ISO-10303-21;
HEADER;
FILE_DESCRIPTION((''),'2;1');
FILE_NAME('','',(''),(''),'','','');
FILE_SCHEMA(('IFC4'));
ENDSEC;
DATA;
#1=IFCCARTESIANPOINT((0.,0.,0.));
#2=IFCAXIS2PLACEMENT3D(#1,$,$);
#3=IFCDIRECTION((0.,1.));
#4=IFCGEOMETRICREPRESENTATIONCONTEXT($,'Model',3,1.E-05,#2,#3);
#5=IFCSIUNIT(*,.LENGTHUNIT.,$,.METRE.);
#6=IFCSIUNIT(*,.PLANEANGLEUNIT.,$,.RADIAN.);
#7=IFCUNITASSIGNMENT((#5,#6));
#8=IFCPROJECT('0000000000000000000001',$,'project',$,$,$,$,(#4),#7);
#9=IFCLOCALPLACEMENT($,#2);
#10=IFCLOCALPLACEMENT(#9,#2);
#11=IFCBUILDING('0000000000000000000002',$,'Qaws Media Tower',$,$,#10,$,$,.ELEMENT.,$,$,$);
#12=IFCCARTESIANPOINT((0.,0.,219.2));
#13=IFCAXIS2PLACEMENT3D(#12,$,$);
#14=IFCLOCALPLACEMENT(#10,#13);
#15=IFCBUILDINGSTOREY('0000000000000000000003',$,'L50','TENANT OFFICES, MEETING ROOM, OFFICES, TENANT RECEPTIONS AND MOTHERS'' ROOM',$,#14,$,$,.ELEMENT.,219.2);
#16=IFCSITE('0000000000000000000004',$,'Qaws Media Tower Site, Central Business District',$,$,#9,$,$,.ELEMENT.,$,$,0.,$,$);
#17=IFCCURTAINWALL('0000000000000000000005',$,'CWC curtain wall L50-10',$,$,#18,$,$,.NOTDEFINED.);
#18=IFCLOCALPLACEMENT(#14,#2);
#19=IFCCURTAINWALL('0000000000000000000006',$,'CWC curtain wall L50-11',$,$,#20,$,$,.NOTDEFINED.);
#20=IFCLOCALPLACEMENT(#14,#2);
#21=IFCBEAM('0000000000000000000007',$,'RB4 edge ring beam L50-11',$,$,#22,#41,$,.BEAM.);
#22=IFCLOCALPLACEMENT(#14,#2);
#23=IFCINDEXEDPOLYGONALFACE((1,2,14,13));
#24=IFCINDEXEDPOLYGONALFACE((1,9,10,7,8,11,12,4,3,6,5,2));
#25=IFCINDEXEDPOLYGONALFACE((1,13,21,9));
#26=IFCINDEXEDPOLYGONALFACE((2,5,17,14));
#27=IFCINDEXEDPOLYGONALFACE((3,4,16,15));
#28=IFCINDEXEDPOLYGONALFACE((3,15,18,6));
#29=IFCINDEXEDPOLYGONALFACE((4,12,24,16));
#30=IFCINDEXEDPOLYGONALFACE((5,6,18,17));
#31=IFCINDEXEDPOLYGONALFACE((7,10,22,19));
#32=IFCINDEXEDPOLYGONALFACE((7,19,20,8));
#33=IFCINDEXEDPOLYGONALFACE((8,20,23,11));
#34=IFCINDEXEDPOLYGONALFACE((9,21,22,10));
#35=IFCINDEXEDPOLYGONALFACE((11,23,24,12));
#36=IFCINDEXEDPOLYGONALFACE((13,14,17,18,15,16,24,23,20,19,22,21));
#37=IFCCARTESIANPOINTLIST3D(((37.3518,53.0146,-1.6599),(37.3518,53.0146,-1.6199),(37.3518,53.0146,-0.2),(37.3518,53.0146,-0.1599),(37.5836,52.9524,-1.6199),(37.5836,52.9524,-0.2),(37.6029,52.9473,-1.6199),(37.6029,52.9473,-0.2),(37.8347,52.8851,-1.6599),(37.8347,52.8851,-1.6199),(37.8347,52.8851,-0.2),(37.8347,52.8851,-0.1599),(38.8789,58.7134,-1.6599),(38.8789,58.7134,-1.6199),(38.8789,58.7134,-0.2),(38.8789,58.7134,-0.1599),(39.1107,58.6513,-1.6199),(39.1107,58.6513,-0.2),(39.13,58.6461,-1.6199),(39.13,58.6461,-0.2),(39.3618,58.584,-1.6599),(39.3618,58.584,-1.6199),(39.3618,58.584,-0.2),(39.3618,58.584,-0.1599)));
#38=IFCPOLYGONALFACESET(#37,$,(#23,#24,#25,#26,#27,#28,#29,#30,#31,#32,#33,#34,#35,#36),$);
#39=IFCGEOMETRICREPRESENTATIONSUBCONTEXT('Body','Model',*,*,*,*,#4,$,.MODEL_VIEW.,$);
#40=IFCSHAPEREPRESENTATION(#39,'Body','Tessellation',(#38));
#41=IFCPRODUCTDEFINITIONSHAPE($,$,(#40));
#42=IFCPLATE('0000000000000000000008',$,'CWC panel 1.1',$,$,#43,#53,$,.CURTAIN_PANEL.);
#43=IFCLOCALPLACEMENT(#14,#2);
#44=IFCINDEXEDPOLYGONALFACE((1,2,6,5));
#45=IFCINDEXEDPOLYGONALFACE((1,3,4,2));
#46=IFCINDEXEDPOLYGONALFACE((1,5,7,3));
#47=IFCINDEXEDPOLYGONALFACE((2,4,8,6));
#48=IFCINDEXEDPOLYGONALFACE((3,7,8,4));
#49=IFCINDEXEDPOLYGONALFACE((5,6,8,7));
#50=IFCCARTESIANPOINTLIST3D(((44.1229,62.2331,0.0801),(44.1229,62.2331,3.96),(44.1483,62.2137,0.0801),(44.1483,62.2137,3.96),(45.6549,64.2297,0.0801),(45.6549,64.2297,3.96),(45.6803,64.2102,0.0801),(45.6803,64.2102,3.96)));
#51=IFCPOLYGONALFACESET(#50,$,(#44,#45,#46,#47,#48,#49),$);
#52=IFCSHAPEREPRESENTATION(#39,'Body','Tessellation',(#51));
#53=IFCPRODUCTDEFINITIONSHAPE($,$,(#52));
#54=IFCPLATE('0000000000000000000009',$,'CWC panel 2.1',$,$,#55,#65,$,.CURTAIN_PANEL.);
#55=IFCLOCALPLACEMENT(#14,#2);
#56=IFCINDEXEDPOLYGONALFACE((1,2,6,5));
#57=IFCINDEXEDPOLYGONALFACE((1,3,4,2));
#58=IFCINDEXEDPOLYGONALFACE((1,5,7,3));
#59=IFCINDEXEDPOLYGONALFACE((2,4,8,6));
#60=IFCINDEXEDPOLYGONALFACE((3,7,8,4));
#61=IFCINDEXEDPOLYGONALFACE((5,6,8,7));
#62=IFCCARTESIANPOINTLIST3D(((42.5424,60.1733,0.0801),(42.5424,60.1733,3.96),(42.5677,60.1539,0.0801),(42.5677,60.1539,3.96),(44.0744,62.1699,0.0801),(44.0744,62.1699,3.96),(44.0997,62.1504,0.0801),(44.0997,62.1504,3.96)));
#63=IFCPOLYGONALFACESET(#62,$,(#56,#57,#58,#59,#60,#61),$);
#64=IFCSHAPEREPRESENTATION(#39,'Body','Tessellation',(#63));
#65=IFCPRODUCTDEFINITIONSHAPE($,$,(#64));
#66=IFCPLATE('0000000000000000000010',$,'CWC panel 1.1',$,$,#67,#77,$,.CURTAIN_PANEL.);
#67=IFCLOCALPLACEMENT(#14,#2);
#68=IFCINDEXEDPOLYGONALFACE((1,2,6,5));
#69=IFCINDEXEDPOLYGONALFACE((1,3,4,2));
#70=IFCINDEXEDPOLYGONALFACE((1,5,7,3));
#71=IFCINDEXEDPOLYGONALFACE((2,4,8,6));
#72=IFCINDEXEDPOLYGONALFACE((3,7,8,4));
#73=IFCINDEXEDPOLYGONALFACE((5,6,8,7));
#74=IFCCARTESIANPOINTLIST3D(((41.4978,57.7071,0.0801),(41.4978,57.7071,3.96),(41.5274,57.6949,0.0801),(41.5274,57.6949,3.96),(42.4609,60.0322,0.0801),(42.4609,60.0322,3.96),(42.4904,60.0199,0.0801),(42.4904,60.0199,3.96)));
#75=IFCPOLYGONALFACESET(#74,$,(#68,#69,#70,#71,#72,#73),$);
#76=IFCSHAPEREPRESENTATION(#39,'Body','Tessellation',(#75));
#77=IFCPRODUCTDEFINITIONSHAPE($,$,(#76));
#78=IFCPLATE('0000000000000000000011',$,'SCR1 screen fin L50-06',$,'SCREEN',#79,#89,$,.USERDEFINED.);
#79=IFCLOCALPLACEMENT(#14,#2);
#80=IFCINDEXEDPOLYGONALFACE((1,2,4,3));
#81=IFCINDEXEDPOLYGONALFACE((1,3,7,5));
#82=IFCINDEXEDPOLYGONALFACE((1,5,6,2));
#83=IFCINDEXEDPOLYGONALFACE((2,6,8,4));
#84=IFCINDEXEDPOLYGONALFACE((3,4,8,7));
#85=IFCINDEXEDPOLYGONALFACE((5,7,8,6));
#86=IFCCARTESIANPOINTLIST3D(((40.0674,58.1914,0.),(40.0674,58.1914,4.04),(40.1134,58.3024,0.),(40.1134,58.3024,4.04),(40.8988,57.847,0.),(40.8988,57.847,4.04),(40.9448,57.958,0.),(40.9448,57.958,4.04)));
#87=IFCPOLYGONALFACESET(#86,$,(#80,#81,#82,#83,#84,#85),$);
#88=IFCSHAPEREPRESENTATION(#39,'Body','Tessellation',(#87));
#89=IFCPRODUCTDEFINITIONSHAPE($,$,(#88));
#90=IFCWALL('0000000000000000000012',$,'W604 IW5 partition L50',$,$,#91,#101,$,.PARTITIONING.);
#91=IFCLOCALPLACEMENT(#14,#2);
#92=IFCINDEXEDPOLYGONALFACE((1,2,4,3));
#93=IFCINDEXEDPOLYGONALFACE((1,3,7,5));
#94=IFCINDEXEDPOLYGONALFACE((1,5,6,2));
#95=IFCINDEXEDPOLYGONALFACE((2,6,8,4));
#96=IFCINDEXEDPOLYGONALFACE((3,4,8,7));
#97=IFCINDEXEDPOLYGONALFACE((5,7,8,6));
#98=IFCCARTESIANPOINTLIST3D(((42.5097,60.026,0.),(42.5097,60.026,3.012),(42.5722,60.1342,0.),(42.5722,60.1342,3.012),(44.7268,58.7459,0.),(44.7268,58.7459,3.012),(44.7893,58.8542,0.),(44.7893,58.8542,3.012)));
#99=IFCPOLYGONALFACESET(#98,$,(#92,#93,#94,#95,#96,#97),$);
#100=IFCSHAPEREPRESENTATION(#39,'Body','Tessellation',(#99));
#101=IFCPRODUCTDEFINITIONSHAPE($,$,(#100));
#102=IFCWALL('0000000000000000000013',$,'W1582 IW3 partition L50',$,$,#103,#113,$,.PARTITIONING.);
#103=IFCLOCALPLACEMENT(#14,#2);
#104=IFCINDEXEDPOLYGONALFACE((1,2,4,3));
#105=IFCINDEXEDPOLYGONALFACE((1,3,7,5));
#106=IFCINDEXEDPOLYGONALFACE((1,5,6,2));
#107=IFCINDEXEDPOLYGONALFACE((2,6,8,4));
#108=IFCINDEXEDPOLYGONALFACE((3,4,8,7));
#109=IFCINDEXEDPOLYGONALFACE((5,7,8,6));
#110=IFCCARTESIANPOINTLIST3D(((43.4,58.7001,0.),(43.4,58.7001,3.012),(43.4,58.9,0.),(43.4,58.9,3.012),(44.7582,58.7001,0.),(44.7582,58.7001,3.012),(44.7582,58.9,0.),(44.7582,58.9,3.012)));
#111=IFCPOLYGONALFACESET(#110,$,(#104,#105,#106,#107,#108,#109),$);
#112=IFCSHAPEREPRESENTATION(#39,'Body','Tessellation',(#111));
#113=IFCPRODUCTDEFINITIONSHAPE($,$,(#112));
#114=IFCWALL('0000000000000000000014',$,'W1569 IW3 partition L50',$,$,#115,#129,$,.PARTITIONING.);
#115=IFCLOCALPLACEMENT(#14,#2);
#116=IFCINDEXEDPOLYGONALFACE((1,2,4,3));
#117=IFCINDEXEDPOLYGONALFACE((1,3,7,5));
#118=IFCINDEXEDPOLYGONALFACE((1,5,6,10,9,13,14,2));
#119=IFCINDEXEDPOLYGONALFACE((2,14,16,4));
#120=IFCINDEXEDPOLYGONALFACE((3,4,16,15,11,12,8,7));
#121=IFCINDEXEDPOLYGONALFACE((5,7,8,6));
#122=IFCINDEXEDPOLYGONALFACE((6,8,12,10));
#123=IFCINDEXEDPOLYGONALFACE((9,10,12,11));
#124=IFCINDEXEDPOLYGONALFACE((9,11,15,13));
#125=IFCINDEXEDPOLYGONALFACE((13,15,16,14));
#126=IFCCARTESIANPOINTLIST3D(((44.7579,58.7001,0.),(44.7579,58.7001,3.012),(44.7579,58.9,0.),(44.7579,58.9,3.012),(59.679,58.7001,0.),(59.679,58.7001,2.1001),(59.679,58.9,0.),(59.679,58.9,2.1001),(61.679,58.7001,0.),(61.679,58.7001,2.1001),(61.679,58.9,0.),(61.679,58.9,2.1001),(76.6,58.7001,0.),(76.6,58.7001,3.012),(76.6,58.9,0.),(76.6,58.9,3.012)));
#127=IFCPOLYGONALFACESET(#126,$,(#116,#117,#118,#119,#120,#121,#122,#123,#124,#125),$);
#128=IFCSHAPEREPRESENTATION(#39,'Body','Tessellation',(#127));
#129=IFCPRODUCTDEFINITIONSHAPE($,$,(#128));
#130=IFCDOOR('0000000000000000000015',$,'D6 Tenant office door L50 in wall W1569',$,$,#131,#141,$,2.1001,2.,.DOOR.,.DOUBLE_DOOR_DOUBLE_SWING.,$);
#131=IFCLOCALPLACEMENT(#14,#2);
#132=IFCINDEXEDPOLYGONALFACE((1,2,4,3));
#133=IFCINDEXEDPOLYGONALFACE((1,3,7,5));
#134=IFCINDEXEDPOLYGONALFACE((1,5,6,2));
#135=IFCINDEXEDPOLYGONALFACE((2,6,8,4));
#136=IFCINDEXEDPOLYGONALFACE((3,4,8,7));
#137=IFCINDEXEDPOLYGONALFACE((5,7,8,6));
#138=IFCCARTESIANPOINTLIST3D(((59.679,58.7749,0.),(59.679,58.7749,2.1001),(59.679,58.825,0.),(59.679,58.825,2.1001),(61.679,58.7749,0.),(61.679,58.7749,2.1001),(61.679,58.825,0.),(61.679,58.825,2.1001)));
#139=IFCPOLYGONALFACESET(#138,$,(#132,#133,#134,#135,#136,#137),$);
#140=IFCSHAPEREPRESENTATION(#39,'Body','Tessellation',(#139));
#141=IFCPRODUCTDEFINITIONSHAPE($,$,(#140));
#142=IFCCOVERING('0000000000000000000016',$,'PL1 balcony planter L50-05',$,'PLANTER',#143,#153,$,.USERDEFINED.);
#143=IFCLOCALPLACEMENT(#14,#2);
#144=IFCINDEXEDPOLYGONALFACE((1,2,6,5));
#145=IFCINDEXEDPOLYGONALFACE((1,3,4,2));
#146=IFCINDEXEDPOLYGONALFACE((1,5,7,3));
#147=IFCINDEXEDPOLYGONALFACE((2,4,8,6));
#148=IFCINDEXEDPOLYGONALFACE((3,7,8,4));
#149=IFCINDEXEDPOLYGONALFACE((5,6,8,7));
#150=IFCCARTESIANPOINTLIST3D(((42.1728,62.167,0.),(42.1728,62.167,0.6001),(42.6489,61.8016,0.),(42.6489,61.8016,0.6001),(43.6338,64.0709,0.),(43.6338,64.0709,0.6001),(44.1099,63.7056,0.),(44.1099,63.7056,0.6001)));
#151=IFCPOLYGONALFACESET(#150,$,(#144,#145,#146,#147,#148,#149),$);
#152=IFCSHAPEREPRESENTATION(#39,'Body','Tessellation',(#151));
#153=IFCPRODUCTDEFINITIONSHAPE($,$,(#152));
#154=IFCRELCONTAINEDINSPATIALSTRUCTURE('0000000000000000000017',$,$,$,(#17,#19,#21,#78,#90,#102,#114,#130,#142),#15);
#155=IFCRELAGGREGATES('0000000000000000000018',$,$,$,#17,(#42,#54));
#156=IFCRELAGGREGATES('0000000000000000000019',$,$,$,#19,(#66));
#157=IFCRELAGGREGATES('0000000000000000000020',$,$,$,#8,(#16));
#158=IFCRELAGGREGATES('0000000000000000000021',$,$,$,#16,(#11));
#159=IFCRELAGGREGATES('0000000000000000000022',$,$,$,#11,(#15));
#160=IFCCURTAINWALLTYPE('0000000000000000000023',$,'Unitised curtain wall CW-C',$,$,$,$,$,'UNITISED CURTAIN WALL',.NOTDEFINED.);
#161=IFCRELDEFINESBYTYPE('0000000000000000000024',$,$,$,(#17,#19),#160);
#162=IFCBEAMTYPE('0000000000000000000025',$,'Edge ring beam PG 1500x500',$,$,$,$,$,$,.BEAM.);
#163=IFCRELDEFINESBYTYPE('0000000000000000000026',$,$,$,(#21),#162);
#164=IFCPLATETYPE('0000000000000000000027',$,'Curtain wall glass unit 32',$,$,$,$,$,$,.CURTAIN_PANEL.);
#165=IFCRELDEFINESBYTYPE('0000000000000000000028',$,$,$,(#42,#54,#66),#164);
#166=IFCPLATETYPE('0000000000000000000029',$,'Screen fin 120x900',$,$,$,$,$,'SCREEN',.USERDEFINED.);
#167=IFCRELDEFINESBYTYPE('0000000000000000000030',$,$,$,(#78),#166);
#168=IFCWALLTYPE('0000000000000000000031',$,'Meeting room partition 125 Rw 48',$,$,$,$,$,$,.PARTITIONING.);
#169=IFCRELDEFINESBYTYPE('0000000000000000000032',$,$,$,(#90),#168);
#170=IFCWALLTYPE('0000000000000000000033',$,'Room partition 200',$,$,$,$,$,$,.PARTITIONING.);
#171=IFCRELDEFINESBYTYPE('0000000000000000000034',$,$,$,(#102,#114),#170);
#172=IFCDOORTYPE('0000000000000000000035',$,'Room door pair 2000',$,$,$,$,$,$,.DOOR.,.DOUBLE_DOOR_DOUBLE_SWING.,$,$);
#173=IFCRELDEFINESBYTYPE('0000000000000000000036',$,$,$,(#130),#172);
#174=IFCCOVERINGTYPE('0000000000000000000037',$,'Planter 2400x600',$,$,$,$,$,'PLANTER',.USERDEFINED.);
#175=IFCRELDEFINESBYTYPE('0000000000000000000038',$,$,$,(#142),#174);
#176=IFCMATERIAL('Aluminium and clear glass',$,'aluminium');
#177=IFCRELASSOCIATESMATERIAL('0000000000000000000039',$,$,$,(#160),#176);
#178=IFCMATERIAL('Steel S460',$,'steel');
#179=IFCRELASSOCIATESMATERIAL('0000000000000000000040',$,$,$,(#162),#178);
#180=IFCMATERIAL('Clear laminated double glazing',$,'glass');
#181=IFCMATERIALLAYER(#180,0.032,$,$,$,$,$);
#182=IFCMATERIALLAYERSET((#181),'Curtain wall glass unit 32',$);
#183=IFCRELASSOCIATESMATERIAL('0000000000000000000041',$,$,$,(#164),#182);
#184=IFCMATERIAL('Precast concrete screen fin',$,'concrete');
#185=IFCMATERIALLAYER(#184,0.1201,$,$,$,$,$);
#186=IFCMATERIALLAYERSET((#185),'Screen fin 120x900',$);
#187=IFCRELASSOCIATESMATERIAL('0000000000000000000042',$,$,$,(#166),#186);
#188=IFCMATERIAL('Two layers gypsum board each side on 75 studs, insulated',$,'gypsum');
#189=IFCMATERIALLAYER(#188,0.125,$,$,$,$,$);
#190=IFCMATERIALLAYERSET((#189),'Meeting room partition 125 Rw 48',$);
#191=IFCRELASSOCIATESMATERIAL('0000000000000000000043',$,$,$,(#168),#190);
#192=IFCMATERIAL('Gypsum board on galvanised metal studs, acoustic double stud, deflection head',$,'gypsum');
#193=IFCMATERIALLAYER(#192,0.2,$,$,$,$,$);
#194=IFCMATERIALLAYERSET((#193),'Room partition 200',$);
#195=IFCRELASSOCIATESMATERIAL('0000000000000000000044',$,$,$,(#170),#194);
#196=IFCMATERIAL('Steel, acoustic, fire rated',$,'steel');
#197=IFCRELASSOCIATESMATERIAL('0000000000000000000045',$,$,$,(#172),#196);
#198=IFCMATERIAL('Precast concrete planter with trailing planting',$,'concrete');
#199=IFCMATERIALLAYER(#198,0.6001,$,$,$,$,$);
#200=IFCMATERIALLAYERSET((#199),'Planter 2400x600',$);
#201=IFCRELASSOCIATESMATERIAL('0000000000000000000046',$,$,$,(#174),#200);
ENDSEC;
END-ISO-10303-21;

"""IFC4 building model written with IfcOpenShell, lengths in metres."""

from ifc_helpers import new_model, si_unit, direction, frame, frame_2d, origin, origin_2d, place, context, subcontext, project, spatial, rectangle, i_section, extrude, material, layer, layer_set, material_profile, profile_set, type_object, element, fill, aggregate, save


model = new_model("IFC4")

# Units and contexts
model_context = context("Model", 3, precision=1e-05, world=origin(), true_north=direction((0.0, 1.0)))
body_context = subcontext(model_context, "Body", "Model", "MODEL_VIEW")
ifc_project = project(units=[si_unit("LENGTHUNIT", "METRE"), si_unit("PLANEANGLEUNIT", "RADIAN")], contexts=[model_context])

# Site, building, storey
site_placement = place(None, origin())
site = spatial("IfcSite", under=ifc_project, at=site_placement, Name="Qaws Media Tower Site, Central Business District", CompositionType="ELEMENT", RefElevation=0.0)
building_placement = place(site_placement, origin())
building = spatial("IfcBuilding", under=site, at=building_placement, Name="Qaws Media Tower", CompositionType="ELEMENT")
storey_placement = place(building_placement, frame((0.0, 0.0, 219.2)))
storey = spatial("IfcBuildingStorey", under=building, at=storey_placement, Name="L50", Description="TENANT OFFICES, MEETING ROOM, OFFICES, TENANT RECEPTIONS AND MOTHERS' ROOM", CompositionType="ELEMENT", Elevation=219.2)

# Shared definitions
ifc_material_1 = material(Name="Aluminium and clear glass", Category="aluminium")
curtain_wall_type = type_object("IfcCurtainWallType", Name="Unitised curtain wall CW-C", ElementType="UNITISED CURTAIN WALL", PredefinedType="NOTDEFINED", material=ifc_material_1)

# Curtain walls
curtain_wall_1_placement = place(storey_placement, origin())
curtain_wall_1 = element("IfcCurtainWall", 1, at=curtain_wall_1_placement, inside=storey, type_object=curtain_wall_type, Name="CWC curtain wall L50-10", PredefinedType="NOTDEFINED")
curtain_wall_2_placement = place(storey_placement, origin())
curtain_wall_2 = element("IfcCurtainWall", 2, at=curtain_wall_2_placement, inside=storey, type_object=curtain_wall_type, Name="CWC curtain wall L50-11", PredefinedType="NOTDEFINED")

# Beam
ifc_material_2 = material(Name="Steel S460", Category="steel")
ifc_material_profile_1 = material_profile(ifc_material_2, i_section(OverallWidth=0.5, OverallDepth=1.5, WebThickness=0.02, FlangeThickness=0.04, at=origin_2d()), Name="PG 1500x500")
ifc_profile_set_1 = profile_set([ifc_material_profile_1], Name="Steel S460")
beam_type = type_object("IfcBeamType", Name="Edge ring beam PG 1500x500", PredefinedType="BEAM", material=ifc_profile_set_1)
for number, where, z_axis, x_axis, name in (
    (3, (39.1204, 58.6487, -0.9099), (-0.25884, -0.96592, 0.0), (0.96592, -0.25884, 0.0), "RB4 edge ring beam L50-11"),
):
    element("IfcBeam", number, at=place(storey_placement, frame(where, z_axis=z_axis, x_axis=x_axis)), inside=storey, type_object=beam_type, Name=name, PredefinedType="BEAM", context=body_context, shape_type="SweptSolid", body=[
        extrude(i_section(OverallWidth=0.5, OverallDepth=1.5, WebThickness=0.02, FlangeThickness=0.04, at=origin_2d()), origin(), (0.0, 0.0, 1.0), 5.8999),
    ])

# Plates
ifc_material_3 = material(Name="Clear laminated double glazing", Category="glass")
ifc_layer_1 = layer(ifc_material_3, 0.032)
ifc_layer_set_1 = layer_set([ifc_layer_1], Name="Curtain wall glass unit 32")
plate_type_1 = type_object("IfcPlateType", Name="Curtain wall glass unit 32", PredefinedType="CURTAIN_PANEL", material=ifc_layer_set_1)
plate_1_placement = place(storey_placement, frame((44.9016, 63.2217, 0.0801), z_axis=(0.0, 0.0, 1.0), x_axis=(-0.608761, -0.793353, 0.0)))
plate_1 = element("IfcPlate", 4, at=plate_1_placement, type_object=plate_type_1, Name="CWC panel 1.1", PredefinedType="CURTAIN_PANEL", context=body_context, shape_type="SweptSolid", body=[
    extrude(rectangle(XDim=2.5166, YDim=0.032, at=origin_2d()), origin(), (0.0, 0.0, 1.0), 3.8799),
])
plate_2_placement = place(storey_placement, frame((43.321, 61.1619, 0.0801), z_axis=(0.0, 0.0, 1.0), x_axis=(-0.608761, -0.793353, 0.0)))
plate_2 = element("IfcPlate", 5, at=plate_2_placement, type_object=plate_type_1, Name="CWC panel 2.1", PredefinedType="CURTAIN_PANEL", context=body_context, shape_type="SweptSolid", body=[
    extrude(rectangle(XDim=2.5166, YDim=0.032, at=origin_2d()), origin(), (0.0, 0.0, 1.0), 3.8799),
])
aggregate(curtain_wall_1, [plate_1, plate_2])
plate_3_placement = place(storey_placement, frame((41.9941, 58.8635, 0.0801), z_axis=(0.0, 0.0, 1.0), x_axis=(-0.382684, -0.923879, 0.0)))
plate_3 = element("IfcPlate", 6, at=plate_3_placement, type_object=plate_type_1, Name="CWC panel 1.1", PredefinedType="CURTAIN_PANEL", context=body_context, shape_type="SweptSolid", body=[
    extrude(rectangle(XDim=2.5166, YDim=0.032, at=origin_2d()), origin(), (0.0, 0.0, 1.0), 3.8799),
])
aggregate(curtain_wall_2, [plate_3])
ifc_material_4 = material(Name="Precast concrete screen fin", Category="concrete")
ifc_layer_2 = layer(ifc_material_4, 0.1201)
ifc_layer_set_2 = layer_set([ifc_layer_2], Name="Screen fin 120x900")
plate_type_2 = type_object("IfcPlateType", Name="Screen fin 120x900", ElementType="SCREEN", PredefinedType="USERDEFINED", material=ifc_layer_set_2)
plate_4_placement = place(storey_placement, frame((40.5061, 58.0747, 0.0), z_axis=(0.0, 0.0, 1.0), x_axis=(-0.92388, 0.382683, 0.0)))
element("IfcPlate", 7, at=plate_4_placement, inside=storey, type_object=plate_type_2, Name="SCR1 screen fin L50-06", ObjectType="SCREEN", PredefinedType="USERDEFINED", context=body_context, shape_type="SweptSolid", body=[
    extrude(rectangle(XDim=0.8999, YDim=0.1201, at=origin_2d()), origin(), (0.0, 0.0, 1.0), 4.04),
])

# Walls
ifc_material_5 = material(Name="Two layers gypsum board each side on 75 studs, insulated", Category="gypsum")
ifc_layer_3 = layer(ifc_material_5, 0.125)
ifc_layer_set_3 = layer_set([ifc_layer_3], Name="Meeting room partition 125 Rw 48")
wall_type_1 = type_object("IfcWallType", Name="Meeting room partition 125 Rw 48", PredefinedType="PARTITIONING", material=ifc_layer_set_3)
wall_1_placement = place(storey_placement, frame((44.7581, 58.8, 0.0), z_axis=(0.0, 0.0, 1.0), x_axis=(-0.866022, 0.500006, 0.0)))
element("IfcWall", 8, at=wall_1_placement, inside=storey, type_object=wall_type_1, Name="W604 IW5 partition L50", PredefinedType="PARTITIONING", context=body_context, shape_type="SweptSolid", body=[
    extrude(rectangle(XDim=2.5601, YDim=0.125, at=frame_2d((1.28, 0.0))), origin(), (0.0, 0.0, 1.0), 3.012),
])
ifc_material_6 = material(Name="Gypsum board on galvanised metal studs, acoustic double stud, deflection head", Category="gypsum")
ifc_layer_4 = layer(ifc_material_6, 0.2)
ifc_layer_set_4 = layer_set([ifc_layer_4], Name="Room partition 200")
wall_type_2 = type_object("IfcWallType", Name="Room partition 200", PredefinedType="PARTITIONING", material=ifc_layer_set_4)
wall_2_placement = place(storey_placement, frame((43.3999, 58.8, 0.0), z_axis=(0.0, 0.0, 1.0), x_axis=(1.0, 0.0, 0.0)))
element("IfcWall", 9, at=wall_2_placement, inside=storey, type_object=wall_type_2, Name="W1582 IW3 partition L50", PredefinedType="PARTITIONING", context=body_context, shape_type="SweptSolid", body=[
    extrude(rectangle(XDim=1.3582, YDim=0.2, at=frame_2d((0.6792, 0.0))), origin(), (0.0, 0.0, 1.0), 3.012),
])

# Wall, opening, door
wall_3_placement = place(storey_placement, frame((44.7581, 58.8, 0.0), z_axis=(0.0, 0.0, 1.0), x_axis=(1.0, 0.0, 0.0)))
wall_3 = element("IfcWall", 10, at=wall_3_placement, inside=storey, type_object=wall_type_2, Name="W1569 IW3 partition L50", PredefinedType="PARTITIONING", context=body_context, shape_type="SweptSolid", body=[
    extrude(rectangle(XDim=31.842, YDim=0.2, at=frame_2d((15.9209, 0.0))), origin(), (0.0, 0.0, 1.0), 3.012),
])
opening_placement = place(wall_3_placement, frame((14.9209, 0.0, 0.0)))
opening = element("IfcOpeningElement", 11, at=opening_placement, cuts=wall_3, PredefinedType="OPENING", context=body_context, shape_type="SweptSolid", body=[
    extrude(rectangle(XDim=2.0, YDim=2.1001, at=frame_2d((1.0, 1.05))), frame((0.0, 0.1099, 0.0), z_axis=(0.0, -1.0, 0.0), x_axis=(1.0, 0.0, 0.0)), (0.0, 0.0, 1.0), 0.22),
])
ifc_material_7 = material(Name="Steel, acoustic, fire rated", Category="steel")
door_type = type_object("IfcDoorType", Name="Room door pair 2000", OperationType="DOUBLE_DOOR_DOUBLE_SWING", PredefinedType="DOOR", material=ifc_material_7)
door_placement = place(opening_placement, origin())
door = element("IfcDoor", 12, at=door_placement, inside=storey, type_object=door_type, Name="D6 Tenant office door L50 in wall W1569", OperationType="DOUBLE_DOOR_DOUBLE_SWING", OverallHeight=2.1001, OverallWidth=2.0, PredefinedType="DOOR", context=body_context, shape_type="SweptSolid", body=[
    extrude(rectangle(XDim=2.0, YDim=2.1001, at=frame_2d((1.0, 1.05))), frame((0.0, 0.0249, 0.0), z_axis=(0.0, -1.0, 0.0), x_axis=(1.0, 0.0, 0.0)), (0.0, 0.0, 1.0), 0.05),
])
fill(opening, door)

# Covering
ifc_material_8 = material(Name="Precast concrete planter with trailing planting", Category="concrete")
ifc_layer_5 = layer(ifc_material_8, 0.6001)
ifc_layer_set_5 = layer_set([ifc_layer_5], Name="Planter 2400x600")
covering_type = type_object("IfcCoveringType", Name="Planter 2400x600", ElementType="PLANTER", PredefinedType="USERDEFINED", material=ifc_layer_set_5)
covering_placement = place(storey_placement, frame((43.1414, 62.9363, 0.0), z_axis=(0.0, 0.0, 1.0), x_axis=(-0.608761, -0.793353, 0.0)))
element("IfcCovering", 13, at=covering_placement, inside=storey, type_object=covering_type, Name="PL1 balcony planter L50-05", ObjectType="PLANTER", PredefinedType="USERDEFINED", context=body_context, shape_type="SweptSolid", body=[
    extrude(rectangle(XDim=2.3999, YDim=0.6001, at=origin_2d()), origin(), (0.0, 0.0, 1.0), 0.6001),
])

save(model, "model.ifc")
